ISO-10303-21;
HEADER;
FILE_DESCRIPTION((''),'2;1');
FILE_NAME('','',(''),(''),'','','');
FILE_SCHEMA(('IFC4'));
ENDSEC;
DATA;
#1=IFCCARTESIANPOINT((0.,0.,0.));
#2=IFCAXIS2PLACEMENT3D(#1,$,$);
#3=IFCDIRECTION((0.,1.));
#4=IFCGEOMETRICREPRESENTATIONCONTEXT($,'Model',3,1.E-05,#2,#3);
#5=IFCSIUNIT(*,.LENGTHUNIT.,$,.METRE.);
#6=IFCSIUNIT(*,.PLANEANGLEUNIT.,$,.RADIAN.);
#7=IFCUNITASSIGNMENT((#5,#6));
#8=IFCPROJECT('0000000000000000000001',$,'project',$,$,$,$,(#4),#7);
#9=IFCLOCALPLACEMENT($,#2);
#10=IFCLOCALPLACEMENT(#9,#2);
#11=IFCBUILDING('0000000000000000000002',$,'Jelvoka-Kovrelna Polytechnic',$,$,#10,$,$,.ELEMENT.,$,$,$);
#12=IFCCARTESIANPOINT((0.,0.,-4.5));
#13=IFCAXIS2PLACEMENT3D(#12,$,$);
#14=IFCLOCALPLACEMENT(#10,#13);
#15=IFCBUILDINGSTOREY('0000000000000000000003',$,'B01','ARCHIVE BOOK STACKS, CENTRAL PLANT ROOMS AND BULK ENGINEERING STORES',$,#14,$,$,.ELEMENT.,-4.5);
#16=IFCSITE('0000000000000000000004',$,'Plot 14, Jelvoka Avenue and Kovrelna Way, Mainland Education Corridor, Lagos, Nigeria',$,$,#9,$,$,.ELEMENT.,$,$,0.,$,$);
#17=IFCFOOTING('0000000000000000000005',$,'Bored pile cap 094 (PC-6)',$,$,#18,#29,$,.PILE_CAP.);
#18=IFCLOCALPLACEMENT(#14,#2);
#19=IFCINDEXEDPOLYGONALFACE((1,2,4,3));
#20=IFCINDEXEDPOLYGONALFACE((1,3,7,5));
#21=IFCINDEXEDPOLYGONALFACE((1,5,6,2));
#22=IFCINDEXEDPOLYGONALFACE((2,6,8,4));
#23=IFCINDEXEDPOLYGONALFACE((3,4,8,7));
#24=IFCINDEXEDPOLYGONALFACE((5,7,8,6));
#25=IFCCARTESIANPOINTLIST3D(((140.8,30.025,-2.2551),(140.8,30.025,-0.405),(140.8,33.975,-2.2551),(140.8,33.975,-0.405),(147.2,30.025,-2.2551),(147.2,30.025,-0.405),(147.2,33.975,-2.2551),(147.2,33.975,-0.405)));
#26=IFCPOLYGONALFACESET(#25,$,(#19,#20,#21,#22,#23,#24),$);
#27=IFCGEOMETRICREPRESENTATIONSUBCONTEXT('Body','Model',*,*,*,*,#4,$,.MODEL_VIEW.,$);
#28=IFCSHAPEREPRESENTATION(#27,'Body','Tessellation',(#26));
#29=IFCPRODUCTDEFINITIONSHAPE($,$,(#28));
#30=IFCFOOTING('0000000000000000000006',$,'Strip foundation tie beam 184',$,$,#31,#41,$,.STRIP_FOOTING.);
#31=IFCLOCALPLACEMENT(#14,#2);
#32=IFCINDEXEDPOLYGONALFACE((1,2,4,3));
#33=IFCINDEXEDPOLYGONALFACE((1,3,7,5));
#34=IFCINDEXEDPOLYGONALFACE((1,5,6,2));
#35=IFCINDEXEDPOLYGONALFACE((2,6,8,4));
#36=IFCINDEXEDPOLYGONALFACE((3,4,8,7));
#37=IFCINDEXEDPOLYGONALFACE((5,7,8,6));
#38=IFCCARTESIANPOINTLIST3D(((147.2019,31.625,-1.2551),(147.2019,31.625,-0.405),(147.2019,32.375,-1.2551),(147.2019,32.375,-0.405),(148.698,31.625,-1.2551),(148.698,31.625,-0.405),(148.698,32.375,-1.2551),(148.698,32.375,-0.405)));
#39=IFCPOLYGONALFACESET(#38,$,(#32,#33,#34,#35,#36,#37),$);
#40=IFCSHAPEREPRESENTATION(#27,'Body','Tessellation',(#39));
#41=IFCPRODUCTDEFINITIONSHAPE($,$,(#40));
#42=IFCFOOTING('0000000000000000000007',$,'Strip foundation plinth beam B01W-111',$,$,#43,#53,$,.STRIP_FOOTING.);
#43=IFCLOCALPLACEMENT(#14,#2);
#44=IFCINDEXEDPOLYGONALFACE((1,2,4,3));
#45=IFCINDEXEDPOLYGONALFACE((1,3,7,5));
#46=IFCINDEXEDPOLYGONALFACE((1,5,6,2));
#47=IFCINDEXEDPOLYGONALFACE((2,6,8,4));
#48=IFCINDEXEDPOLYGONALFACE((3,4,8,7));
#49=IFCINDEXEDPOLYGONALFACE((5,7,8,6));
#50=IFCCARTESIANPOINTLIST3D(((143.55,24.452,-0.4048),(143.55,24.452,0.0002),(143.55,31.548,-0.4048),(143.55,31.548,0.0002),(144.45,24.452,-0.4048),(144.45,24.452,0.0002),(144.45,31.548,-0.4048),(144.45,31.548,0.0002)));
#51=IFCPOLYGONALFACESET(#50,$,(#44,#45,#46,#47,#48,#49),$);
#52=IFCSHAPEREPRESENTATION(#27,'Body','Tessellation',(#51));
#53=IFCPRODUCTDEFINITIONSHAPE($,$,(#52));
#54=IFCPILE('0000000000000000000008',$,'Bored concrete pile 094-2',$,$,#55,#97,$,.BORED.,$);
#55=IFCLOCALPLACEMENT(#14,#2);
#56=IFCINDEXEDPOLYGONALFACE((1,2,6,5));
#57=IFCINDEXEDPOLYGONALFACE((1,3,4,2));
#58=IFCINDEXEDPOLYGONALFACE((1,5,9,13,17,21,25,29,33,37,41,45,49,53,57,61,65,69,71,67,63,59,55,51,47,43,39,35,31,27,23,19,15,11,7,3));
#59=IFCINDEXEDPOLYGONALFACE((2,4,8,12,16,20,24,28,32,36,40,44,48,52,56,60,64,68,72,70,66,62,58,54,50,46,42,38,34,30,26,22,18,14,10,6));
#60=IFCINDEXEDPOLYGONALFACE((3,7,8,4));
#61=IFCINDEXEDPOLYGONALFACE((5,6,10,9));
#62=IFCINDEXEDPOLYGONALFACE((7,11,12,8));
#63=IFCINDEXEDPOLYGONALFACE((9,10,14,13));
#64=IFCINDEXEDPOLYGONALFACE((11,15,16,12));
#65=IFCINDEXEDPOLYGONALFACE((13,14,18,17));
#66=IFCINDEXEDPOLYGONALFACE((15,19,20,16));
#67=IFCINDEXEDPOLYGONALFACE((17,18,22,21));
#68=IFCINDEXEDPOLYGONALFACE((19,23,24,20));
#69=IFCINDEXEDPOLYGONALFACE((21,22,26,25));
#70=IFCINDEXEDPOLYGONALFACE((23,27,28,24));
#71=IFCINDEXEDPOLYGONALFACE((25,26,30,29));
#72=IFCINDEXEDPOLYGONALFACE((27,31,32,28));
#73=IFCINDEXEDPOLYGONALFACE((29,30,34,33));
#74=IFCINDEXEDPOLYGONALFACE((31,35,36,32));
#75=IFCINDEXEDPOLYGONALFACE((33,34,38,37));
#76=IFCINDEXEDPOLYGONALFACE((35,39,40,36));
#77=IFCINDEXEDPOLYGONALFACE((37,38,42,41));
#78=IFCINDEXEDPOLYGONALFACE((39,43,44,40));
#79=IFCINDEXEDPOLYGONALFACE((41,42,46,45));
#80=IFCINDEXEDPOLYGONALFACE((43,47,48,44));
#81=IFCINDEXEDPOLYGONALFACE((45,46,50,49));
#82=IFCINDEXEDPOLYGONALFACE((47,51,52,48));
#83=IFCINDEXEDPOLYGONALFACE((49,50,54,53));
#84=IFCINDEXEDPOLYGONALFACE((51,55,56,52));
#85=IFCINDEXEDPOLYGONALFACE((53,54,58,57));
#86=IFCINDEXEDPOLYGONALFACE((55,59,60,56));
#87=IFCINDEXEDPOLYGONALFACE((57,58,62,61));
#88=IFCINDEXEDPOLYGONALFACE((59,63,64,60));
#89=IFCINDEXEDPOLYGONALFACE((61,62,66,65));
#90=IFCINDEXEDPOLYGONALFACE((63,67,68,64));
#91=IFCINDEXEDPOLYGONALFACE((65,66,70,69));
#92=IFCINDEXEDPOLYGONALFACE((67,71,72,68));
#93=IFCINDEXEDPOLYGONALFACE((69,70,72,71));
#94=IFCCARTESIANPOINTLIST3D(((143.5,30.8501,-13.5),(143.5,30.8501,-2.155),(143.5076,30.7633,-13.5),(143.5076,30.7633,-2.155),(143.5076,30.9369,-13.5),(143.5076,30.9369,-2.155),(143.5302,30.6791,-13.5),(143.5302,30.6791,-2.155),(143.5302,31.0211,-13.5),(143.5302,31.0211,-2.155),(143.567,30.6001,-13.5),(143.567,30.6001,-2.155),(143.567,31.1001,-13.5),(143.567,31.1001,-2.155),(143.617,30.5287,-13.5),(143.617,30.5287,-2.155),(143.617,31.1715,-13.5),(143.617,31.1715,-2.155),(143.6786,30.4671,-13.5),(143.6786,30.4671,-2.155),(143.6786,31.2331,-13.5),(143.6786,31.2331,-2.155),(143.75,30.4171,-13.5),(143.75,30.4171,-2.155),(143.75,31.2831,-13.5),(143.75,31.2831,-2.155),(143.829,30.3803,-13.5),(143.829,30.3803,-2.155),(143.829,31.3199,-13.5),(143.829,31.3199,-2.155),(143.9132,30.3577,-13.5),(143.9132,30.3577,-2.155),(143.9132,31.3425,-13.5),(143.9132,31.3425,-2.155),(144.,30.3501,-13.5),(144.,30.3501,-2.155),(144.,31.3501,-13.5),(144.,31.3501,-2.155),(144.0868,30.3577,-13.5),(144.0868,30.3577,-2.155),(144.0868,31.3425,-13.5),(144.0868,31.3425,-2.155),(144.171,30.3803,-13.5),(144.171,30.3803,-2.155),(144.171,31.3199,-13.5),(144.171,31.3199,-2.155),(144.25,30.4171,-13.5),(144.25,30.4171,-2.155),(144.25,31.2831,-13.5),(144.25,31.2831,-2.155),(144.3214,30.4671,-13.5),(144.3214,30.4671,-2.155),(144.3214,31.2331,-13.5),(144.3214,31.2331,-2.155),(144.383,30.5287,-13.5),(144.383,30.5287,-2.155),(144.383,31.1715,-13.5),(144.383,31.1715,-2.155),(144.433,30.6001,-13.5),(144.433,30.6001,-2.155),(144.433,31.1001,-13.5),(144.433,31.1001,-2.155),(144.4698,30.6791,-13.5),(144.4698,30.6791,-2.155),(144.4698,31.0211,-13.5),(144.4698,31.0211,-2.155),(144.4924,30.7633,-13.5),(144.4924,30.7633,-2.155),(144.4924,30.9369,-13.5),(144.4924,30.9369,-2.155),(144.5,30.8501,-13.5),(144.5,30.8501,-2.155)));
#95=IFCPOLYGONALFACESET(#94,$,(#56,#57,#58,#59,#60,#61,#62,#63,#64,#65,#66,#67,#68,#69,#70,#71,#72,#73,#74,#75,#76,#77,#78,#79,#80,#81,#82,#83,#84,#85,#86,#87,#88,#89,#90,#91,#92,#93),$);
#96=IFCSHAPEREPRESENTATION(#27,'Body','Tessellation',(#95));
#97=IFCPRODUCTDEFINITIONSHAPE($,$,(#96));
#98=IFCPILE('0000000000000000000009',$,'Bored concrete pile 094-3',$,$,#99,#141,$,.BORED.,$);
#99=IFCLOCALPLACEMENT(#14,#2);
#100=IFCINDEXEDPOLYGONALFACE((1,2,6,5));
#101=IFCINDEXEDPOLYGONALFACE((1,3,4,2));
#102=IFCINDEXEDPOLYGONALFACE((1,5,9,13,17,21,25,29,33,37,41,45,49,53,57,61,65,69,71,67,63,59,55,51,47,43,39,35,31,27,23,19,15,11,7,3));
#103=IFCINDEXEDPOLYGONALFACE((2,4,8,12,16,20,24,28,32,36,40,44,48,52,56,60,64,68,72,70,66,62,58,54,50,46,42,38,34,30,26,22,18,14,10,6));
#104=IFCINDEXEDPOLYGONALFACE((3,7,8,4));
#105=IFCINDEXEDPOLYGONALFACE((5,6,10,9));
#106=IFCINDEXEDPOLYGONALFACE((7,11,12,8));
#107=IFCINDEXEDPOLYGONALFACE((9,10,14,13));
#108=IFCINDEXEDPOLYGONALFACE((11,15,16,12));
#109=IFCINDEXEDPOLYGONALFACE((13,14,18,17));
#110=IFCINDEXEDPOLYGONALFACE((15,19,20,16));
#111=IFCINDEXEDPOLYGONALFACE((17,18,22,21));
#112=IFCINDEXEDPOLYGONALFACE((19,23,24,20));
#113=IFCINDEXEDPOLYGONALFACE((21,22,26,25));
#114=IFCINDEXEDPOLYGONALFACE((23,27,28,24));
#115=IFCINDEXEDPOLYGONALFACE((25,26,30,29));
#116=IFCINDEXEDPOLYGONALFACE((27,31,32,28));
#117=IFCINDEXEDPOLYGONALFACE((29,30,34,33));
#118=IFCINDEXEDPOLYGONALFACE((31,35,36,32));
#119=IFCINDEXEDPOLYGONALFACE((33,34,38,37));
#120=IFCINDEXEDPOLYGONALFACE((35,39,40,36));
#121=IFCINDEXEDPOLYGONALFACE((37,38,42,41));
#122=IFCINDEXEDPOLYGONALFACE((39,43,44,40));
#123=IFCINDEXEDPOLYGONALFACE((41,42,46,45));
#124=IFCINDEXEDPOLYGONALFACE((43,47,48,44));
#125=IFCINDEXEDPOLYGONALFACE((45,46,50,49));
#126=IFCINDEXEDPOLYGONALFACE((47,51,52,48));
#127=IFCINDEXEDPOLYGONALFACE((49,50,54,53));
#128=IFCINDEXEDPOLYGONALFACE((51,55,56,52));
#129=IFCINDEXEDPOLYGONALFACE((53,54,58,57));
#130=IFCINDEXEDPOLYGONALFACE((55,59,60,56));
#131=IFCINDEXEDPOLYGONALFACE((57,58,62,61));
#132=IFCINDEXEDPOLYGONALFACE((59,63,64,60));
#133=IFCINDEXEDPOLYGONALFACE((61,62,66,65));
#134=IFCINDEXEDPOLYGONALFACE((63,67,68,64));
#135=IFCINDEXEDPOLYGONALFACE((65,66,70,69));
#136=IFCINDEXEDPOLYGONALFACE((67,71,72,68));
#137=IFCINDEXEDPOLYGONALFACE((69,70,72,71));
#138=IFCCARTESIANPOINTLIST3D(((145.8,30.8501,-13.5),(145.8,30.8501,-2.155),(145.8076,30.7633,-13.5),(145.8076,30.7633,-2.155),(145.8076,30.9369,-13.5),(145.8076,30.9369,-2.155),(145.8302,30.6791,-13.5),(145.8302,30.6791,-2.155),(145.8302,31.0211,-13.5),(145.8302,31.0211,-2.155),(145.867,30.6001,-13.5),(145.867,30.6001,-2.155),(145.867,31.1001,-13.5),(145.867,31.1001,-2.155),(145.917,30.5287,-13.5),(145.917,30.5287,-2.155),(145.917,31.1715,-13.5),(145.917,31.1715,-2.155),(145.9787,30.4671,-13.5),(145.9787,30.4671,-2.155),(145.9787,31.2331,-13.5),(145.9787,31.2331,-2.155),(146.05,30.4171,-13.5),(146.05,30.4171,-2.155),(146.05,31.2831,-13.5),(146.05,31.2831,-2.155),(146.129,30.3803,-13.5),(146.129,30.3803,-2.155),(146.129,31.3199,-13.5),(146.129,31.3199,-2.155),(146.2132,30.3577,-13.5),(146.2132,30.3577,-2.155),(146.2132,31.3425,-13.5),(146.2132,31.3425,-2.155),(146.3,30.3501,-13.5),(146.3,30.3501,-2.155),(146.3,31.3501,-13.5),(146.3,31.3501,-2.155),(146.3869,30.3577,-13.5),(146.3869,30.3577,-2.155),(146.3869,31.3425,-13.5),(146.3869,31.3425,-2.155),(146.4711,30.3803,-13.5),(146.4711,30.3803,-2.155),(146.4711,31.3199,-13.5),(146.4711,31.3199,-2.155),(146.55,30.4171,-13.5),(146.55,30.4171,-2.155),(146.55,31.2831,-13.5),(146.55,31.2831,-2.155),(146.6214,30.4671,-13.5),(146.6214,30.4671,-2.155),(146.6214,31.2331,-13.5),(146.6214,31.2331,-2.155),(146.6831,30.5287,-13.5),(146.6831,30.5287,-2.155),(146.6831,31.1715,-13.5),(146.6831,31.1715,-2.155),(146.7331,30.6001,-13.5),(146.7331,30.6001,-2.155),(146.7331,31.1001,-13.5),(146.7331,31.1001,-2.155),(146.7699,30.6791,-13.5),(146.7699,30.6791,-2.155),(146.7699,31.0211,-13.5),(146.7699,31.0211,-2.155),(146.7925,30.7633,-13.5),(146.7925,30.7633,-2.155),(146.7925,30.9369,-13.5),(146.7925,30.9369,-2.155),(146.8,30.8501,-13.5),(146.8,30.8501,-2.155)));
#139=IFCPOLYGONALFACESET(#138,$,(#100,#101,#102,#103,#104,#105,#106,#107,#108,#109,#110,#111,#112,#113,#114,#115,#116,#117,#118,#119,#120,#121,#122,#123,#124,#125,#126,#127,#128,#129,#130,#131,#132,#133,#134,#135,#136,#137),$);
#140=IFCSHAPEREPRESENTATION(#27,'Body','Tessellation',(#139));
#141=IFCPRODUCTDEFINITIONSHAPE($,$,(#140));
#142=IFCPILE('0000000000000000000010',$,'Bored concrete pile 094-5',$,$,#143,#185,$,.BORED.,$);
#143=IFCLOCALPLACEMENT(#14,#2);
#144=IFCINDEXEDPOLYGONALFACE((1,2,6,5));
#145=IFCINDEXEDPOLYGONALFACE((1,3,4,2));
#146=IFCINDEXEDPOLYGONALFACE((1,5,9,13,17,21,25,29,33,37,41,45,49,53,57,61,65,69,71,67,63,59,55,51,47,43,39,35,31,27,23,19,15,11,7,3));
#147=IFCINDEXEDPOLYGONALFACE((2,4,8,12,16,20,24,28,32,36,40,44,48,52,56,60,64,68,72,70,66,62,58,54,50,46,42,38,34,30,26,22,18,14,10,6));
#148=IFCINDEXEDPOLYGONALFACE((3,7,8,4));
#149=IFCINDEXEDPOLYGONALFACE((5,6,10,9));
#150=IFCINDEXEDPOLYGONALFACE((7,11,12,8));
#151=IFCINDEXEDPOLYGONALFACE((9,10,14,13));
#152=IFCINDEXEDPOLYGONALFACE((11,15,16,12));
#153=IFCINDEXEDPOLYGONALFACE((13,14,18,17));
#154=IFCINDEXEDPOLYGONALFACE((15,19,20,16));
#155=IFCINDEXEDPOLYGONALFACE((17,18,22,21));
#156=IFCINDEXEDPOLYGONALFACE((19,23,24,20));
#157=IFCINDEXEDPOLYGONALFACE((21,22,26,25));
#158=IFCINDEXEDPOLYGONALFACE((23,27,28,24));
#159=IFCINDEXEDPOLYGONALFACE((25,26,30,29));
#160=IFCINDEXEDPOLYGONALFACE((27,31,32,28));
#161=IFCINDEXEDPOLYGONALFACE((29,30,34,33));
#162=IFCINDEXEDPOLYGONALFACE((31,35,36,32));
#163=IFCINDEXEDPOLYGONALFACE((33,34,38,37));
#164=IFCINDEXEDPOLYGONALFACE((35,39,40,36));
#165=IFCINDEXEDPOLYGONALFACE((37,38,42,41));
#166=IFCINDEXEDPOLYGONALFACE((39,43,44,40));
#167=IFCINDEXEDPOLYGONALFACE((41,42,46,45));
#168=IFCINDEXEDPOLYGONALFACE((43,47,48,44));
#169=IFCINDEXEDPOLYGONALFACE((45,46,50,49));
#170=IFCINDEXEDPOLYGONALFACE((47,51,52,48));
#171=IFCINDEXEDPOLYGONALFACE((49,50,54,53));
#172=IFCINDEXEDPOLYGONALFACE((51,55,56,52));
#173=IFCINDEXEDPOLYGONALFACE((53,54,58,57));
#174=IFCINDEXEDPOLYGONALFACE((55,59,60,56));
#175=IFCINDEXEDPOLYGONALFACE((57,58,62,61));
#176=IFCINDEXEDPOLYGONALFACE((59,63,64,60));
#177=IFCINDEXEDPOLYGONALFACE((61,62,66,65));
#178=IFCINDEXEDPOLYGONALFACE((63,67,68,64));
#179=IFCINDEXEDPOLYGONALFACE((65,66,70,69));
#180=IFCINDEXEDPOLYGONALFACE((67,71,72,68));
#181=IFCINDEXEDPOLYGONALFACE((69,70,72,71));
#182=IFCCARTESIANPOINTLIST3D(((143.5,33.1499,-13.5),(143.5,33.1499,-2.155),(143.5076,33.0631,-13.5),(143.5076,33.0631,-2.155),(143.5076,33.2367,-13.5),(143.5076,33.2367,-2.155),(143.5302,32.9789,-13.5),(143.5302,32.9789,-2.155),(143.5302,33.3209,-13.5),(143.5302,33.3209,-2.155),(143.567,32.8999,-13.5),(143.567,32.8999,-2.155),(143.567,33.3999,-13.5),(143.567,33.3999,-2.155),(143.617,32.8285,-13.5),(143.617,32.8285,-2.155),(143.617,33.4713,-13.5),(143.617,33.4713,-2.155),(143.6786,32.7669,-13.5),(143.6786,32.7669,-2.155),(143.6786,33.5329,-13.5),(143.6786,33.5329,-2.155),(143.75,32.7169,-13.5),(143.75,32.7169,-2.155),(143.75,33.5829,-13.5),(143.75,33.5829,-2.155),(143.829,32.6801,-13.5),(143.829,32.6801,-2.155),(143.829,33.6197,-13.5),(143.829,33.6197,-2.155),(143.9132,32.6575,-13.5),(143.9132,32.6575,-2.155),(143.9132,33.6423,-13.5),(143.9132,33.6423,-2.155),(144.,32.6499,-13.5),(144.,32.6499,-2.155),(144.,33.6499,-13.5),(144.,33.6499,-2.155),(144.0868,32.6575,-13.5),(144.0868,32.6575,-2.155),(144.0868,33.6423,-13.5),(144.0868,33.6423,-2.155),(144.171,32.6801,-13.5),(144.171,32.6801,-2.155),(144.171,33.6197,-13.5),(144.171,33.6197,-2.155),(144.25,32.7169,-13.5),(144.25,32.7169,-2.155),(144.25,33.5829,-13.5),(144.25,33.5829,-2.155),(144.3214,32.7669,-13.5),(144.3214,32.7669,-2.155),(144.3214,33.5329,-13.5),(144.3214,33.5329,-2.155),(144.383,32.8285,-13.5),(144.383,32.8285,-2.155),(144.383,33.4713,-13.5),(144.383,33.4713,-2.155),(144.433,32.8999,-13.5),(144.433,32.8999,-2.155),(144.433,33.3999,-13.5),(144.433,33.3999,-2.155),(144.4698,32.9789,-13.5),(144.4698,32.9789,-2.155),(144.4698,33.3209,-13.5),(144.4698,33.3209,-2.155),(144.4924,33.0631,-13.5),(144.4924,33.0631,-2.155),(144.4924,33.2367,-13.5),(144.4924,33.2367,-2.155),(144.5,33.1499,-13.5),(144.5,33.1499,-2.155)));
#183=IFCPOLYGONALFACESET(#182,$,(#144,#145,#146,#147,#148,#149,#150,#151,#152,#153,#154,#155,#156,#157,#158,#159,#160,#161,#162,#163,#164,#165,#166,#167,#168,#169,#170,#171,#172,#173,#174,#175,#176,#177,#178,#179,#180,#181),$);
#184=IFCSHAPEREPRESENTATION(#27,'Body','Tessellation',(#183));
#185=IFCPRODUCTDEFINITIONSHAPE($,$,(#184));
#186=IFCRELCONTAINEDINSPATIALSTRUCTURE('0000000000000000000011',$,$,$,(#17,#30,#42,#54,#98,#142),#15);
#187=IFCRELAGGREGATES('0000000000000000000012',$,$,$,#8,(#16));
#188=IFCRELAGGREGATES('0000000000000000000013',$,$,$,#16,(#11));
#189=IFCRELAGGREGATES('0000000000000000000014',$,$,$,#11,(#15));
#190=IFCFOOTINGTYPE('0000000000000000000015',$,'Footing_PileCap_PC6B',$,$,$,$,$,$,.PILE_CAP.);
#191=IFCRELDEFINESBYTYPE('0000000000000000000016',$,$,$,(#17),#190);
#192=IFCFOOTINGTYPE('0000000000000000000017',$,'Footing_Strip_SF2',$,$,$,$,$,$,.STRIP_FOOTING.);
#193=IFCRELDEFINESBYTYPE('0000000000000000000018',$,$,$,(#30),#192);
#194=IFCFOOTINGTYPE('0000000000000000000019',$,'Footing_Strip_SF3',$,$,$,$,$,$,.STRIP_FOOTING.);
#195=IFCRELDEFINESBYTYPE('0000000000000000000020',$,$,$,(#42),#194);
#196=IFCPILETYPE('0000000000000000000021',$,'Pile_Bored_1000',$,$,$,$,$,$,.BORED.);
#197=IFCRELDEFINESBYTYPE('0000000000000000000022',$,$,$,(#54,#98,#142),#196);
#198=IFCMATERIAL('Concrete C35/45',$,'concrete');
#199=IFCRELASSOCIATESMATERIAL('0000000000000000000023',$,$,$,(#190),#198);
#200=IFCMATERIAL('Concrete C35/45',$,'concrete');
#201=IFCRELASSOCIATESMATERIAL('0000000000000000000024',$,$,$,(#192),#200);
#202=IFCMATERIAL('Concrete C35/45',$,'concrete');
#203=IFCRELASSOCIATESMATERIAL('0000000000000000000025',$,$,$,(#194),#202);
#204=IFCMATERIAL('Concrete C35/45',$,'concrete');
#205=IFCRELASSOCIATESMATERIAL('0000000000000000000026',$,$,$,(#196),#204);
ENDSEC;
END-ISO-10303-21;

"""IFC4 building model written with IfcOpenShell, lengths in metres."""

from ifc_helpers import new_model, si_unit, direction, frame, origin, origin_2d, place, context, subcontext, project, spatial, rectangle, circle, extrude, material, material_profile, profile_set, type_object, element, save


model = new_model("IFC4")

# Units and contexts
model_context = context("Model", 3, precision=1e-05, world=origin(), true_north=direction((0.0, 1.0)))
body_context = subcontext(model_context, "Body", "Model", "MODEL_VIEW")
ifc_project = project(units=[si_unit("LENGTHUNIT", "METRE"), si_unit("PLANEANGLEUNIT", "RADIAN")], contexts=[model_context])

# Site, building, storey
site_placement = place(None, origin())
site = spatial("IfcSite", under=ifc_project, at=site_placement, Name="Plot 14, Jelvoka Avenue and Kovrelna Way, Mainland Education Corridor, Lagos, Nigeria", CompositionType="ELEMENT", RefElevation=0.0)
building_placement = place(site_placement, origin())
building = spatial("IfcBuilding", under=site, at=building_placement, Name="Jelvoka-Kovrelna Polytechnic", CompositionType="ELEMENT")
storey_placement = place(building_placement, frame((0.0, 0.0, -4.5)))
storey = spatial("IfcBuildingStorey", under=building, at=storey_placement, Name="B01", Description="ARCHIVE BOOK STACKS, CENTRAL PLANT ROOMS AND BULK ENGINEERING STORES", CompositionType="ELEMENT", Elevation=-4.5)

# Footings
ifc_material_1 = material(Name="Concrete C35/45", Category="concrete")
footing_type_1 = type_object("IfcFootingType", Name="Footing_PileCap_PC6B", PredefinedType="PILE_CAP", material=ifc_material_1)
footing_1_placement = place(storey_placement, frame((144.0, 32.0, -2.2551), z_axis=(0.0, 0.0, 1.0), x_axis=(1.0, 0.0, 0.0)))
element("IfcFooting", 1, at=footing_1_placement, inside=storey, type_object=footing_type_1, Name="Bored pile cap 094 (PC-6)", PredefinedType="PILE_CAP", context=body_context, shape_type="SweptSolid", body=[
    extrude(rectangle(XDim=6.3999, YDim=3.95, at=origin_2d()), origin(), (0.0, 0.0, 1.0), 1.8501),
])
ifc_material_2 = material(Name="Concrete C35/45", Category="concrete")
footing_type_2 = type_object("IfcFootingType", Name="Footing_Strip_SF2", PredefinedType="STRIP_FOOTING", material=ifc_material_2)
footing_2_placement = place(storey_placement, frame((147.95, 32.0, -1.2551), z_axis=(0.0, 0.0, 1.0), x_axis=(1.0, 0.0, 0.0)))
element("IfcFooting", 2, at=footing_2_placement, inside=storey, type_object=footing_type_2, Name="Strip foundation tie beam 184", PredefinedType="STRIP_FOOTING", context=body_context, shape_type="SweptSolid", body=[
    extrude(rectangle(XDim=1.4961, YDim=0.75, at=origin_2d()), origin(), (0.0, 0.0, 1.0), 0.8501),
])
ifc_material_3 = material(Name="Concrete C35/45", Category="concrete")
footing_type_3 = type_object("IfcFootingType", Name="Footing_Strip_SF3", PredefinedType="STRIP_FOOTING", material=ifc_material_3)
footing_3_placement = place(storey_placement, frame((144.0, 28.0, -0.4048), z_axis=(0.0, 0.0, 1.0), x_axis=(0.0, 1.0, 0.0)))
element("IfcFooting", 3, at=footing_3_placement, inside=storey, type_object=footing_type_3, Name="Strip foundation plinth beam B01W-111", PredefinedType="STRIP_FOOTING", context=body_context, shape_type="SweptSolid", body=[
    extrude(rectangle(XDim=7.0959, YDim=0.8999, at=origin_2d()), origin(), (0.0, 0.0, 1.0), 0.405),
])

# Piles
ifc_material_4 = material(Name="Concrete C35/45", Category="concrete")
ifc_material_profile_1 = material_profile(ifc_material_4, circle(Radius=0.5, at=origin_2d()), Name="PILE D1000")
ifc_profile_set_1 = profile_set([ifc_material_profile_1], Name="Concrete C35/45")
pile_type = type_object("IfcPileType", Name="Pile_Bored_1000", PredefinedType="BORED", material=ifc_profile_set_1)
for number, where, z_axis, x_axis, name in (
    (4, (144.0, 30.8501, -2.155), (0.0, 0.0, -1.0), (1.0, 0.0, 0.0), "Bored concrete pile 094-2"),
    (5, (146.3, 30.8501, -2.155), (0.0, 0.0, -1.0), (1.0, 0.0, 0.0), "Bored concrete pile 094-3"),
    (6, (144.0, 33.1499, -2.155), (0.0, 0.0, -1.0), (1.0, 0.0, 0.0), "Bored concrete pile 094-5"),
):
    element("IfcPile", number, at=place(storey_placement, frame(where, z_axis=z_axis, x_axis=x_axis)), inside=storey, type_object=pile_type, Name=name, PredefinedType="BORED", context=body_context, shape_type="SweptSolid", body=[
        extrude(circle(Radius=0.5, at=origin_2d()), origin(), (0.0, 0.0, 1.0), 11.345),
    ])

save(model, "model.ifc")
